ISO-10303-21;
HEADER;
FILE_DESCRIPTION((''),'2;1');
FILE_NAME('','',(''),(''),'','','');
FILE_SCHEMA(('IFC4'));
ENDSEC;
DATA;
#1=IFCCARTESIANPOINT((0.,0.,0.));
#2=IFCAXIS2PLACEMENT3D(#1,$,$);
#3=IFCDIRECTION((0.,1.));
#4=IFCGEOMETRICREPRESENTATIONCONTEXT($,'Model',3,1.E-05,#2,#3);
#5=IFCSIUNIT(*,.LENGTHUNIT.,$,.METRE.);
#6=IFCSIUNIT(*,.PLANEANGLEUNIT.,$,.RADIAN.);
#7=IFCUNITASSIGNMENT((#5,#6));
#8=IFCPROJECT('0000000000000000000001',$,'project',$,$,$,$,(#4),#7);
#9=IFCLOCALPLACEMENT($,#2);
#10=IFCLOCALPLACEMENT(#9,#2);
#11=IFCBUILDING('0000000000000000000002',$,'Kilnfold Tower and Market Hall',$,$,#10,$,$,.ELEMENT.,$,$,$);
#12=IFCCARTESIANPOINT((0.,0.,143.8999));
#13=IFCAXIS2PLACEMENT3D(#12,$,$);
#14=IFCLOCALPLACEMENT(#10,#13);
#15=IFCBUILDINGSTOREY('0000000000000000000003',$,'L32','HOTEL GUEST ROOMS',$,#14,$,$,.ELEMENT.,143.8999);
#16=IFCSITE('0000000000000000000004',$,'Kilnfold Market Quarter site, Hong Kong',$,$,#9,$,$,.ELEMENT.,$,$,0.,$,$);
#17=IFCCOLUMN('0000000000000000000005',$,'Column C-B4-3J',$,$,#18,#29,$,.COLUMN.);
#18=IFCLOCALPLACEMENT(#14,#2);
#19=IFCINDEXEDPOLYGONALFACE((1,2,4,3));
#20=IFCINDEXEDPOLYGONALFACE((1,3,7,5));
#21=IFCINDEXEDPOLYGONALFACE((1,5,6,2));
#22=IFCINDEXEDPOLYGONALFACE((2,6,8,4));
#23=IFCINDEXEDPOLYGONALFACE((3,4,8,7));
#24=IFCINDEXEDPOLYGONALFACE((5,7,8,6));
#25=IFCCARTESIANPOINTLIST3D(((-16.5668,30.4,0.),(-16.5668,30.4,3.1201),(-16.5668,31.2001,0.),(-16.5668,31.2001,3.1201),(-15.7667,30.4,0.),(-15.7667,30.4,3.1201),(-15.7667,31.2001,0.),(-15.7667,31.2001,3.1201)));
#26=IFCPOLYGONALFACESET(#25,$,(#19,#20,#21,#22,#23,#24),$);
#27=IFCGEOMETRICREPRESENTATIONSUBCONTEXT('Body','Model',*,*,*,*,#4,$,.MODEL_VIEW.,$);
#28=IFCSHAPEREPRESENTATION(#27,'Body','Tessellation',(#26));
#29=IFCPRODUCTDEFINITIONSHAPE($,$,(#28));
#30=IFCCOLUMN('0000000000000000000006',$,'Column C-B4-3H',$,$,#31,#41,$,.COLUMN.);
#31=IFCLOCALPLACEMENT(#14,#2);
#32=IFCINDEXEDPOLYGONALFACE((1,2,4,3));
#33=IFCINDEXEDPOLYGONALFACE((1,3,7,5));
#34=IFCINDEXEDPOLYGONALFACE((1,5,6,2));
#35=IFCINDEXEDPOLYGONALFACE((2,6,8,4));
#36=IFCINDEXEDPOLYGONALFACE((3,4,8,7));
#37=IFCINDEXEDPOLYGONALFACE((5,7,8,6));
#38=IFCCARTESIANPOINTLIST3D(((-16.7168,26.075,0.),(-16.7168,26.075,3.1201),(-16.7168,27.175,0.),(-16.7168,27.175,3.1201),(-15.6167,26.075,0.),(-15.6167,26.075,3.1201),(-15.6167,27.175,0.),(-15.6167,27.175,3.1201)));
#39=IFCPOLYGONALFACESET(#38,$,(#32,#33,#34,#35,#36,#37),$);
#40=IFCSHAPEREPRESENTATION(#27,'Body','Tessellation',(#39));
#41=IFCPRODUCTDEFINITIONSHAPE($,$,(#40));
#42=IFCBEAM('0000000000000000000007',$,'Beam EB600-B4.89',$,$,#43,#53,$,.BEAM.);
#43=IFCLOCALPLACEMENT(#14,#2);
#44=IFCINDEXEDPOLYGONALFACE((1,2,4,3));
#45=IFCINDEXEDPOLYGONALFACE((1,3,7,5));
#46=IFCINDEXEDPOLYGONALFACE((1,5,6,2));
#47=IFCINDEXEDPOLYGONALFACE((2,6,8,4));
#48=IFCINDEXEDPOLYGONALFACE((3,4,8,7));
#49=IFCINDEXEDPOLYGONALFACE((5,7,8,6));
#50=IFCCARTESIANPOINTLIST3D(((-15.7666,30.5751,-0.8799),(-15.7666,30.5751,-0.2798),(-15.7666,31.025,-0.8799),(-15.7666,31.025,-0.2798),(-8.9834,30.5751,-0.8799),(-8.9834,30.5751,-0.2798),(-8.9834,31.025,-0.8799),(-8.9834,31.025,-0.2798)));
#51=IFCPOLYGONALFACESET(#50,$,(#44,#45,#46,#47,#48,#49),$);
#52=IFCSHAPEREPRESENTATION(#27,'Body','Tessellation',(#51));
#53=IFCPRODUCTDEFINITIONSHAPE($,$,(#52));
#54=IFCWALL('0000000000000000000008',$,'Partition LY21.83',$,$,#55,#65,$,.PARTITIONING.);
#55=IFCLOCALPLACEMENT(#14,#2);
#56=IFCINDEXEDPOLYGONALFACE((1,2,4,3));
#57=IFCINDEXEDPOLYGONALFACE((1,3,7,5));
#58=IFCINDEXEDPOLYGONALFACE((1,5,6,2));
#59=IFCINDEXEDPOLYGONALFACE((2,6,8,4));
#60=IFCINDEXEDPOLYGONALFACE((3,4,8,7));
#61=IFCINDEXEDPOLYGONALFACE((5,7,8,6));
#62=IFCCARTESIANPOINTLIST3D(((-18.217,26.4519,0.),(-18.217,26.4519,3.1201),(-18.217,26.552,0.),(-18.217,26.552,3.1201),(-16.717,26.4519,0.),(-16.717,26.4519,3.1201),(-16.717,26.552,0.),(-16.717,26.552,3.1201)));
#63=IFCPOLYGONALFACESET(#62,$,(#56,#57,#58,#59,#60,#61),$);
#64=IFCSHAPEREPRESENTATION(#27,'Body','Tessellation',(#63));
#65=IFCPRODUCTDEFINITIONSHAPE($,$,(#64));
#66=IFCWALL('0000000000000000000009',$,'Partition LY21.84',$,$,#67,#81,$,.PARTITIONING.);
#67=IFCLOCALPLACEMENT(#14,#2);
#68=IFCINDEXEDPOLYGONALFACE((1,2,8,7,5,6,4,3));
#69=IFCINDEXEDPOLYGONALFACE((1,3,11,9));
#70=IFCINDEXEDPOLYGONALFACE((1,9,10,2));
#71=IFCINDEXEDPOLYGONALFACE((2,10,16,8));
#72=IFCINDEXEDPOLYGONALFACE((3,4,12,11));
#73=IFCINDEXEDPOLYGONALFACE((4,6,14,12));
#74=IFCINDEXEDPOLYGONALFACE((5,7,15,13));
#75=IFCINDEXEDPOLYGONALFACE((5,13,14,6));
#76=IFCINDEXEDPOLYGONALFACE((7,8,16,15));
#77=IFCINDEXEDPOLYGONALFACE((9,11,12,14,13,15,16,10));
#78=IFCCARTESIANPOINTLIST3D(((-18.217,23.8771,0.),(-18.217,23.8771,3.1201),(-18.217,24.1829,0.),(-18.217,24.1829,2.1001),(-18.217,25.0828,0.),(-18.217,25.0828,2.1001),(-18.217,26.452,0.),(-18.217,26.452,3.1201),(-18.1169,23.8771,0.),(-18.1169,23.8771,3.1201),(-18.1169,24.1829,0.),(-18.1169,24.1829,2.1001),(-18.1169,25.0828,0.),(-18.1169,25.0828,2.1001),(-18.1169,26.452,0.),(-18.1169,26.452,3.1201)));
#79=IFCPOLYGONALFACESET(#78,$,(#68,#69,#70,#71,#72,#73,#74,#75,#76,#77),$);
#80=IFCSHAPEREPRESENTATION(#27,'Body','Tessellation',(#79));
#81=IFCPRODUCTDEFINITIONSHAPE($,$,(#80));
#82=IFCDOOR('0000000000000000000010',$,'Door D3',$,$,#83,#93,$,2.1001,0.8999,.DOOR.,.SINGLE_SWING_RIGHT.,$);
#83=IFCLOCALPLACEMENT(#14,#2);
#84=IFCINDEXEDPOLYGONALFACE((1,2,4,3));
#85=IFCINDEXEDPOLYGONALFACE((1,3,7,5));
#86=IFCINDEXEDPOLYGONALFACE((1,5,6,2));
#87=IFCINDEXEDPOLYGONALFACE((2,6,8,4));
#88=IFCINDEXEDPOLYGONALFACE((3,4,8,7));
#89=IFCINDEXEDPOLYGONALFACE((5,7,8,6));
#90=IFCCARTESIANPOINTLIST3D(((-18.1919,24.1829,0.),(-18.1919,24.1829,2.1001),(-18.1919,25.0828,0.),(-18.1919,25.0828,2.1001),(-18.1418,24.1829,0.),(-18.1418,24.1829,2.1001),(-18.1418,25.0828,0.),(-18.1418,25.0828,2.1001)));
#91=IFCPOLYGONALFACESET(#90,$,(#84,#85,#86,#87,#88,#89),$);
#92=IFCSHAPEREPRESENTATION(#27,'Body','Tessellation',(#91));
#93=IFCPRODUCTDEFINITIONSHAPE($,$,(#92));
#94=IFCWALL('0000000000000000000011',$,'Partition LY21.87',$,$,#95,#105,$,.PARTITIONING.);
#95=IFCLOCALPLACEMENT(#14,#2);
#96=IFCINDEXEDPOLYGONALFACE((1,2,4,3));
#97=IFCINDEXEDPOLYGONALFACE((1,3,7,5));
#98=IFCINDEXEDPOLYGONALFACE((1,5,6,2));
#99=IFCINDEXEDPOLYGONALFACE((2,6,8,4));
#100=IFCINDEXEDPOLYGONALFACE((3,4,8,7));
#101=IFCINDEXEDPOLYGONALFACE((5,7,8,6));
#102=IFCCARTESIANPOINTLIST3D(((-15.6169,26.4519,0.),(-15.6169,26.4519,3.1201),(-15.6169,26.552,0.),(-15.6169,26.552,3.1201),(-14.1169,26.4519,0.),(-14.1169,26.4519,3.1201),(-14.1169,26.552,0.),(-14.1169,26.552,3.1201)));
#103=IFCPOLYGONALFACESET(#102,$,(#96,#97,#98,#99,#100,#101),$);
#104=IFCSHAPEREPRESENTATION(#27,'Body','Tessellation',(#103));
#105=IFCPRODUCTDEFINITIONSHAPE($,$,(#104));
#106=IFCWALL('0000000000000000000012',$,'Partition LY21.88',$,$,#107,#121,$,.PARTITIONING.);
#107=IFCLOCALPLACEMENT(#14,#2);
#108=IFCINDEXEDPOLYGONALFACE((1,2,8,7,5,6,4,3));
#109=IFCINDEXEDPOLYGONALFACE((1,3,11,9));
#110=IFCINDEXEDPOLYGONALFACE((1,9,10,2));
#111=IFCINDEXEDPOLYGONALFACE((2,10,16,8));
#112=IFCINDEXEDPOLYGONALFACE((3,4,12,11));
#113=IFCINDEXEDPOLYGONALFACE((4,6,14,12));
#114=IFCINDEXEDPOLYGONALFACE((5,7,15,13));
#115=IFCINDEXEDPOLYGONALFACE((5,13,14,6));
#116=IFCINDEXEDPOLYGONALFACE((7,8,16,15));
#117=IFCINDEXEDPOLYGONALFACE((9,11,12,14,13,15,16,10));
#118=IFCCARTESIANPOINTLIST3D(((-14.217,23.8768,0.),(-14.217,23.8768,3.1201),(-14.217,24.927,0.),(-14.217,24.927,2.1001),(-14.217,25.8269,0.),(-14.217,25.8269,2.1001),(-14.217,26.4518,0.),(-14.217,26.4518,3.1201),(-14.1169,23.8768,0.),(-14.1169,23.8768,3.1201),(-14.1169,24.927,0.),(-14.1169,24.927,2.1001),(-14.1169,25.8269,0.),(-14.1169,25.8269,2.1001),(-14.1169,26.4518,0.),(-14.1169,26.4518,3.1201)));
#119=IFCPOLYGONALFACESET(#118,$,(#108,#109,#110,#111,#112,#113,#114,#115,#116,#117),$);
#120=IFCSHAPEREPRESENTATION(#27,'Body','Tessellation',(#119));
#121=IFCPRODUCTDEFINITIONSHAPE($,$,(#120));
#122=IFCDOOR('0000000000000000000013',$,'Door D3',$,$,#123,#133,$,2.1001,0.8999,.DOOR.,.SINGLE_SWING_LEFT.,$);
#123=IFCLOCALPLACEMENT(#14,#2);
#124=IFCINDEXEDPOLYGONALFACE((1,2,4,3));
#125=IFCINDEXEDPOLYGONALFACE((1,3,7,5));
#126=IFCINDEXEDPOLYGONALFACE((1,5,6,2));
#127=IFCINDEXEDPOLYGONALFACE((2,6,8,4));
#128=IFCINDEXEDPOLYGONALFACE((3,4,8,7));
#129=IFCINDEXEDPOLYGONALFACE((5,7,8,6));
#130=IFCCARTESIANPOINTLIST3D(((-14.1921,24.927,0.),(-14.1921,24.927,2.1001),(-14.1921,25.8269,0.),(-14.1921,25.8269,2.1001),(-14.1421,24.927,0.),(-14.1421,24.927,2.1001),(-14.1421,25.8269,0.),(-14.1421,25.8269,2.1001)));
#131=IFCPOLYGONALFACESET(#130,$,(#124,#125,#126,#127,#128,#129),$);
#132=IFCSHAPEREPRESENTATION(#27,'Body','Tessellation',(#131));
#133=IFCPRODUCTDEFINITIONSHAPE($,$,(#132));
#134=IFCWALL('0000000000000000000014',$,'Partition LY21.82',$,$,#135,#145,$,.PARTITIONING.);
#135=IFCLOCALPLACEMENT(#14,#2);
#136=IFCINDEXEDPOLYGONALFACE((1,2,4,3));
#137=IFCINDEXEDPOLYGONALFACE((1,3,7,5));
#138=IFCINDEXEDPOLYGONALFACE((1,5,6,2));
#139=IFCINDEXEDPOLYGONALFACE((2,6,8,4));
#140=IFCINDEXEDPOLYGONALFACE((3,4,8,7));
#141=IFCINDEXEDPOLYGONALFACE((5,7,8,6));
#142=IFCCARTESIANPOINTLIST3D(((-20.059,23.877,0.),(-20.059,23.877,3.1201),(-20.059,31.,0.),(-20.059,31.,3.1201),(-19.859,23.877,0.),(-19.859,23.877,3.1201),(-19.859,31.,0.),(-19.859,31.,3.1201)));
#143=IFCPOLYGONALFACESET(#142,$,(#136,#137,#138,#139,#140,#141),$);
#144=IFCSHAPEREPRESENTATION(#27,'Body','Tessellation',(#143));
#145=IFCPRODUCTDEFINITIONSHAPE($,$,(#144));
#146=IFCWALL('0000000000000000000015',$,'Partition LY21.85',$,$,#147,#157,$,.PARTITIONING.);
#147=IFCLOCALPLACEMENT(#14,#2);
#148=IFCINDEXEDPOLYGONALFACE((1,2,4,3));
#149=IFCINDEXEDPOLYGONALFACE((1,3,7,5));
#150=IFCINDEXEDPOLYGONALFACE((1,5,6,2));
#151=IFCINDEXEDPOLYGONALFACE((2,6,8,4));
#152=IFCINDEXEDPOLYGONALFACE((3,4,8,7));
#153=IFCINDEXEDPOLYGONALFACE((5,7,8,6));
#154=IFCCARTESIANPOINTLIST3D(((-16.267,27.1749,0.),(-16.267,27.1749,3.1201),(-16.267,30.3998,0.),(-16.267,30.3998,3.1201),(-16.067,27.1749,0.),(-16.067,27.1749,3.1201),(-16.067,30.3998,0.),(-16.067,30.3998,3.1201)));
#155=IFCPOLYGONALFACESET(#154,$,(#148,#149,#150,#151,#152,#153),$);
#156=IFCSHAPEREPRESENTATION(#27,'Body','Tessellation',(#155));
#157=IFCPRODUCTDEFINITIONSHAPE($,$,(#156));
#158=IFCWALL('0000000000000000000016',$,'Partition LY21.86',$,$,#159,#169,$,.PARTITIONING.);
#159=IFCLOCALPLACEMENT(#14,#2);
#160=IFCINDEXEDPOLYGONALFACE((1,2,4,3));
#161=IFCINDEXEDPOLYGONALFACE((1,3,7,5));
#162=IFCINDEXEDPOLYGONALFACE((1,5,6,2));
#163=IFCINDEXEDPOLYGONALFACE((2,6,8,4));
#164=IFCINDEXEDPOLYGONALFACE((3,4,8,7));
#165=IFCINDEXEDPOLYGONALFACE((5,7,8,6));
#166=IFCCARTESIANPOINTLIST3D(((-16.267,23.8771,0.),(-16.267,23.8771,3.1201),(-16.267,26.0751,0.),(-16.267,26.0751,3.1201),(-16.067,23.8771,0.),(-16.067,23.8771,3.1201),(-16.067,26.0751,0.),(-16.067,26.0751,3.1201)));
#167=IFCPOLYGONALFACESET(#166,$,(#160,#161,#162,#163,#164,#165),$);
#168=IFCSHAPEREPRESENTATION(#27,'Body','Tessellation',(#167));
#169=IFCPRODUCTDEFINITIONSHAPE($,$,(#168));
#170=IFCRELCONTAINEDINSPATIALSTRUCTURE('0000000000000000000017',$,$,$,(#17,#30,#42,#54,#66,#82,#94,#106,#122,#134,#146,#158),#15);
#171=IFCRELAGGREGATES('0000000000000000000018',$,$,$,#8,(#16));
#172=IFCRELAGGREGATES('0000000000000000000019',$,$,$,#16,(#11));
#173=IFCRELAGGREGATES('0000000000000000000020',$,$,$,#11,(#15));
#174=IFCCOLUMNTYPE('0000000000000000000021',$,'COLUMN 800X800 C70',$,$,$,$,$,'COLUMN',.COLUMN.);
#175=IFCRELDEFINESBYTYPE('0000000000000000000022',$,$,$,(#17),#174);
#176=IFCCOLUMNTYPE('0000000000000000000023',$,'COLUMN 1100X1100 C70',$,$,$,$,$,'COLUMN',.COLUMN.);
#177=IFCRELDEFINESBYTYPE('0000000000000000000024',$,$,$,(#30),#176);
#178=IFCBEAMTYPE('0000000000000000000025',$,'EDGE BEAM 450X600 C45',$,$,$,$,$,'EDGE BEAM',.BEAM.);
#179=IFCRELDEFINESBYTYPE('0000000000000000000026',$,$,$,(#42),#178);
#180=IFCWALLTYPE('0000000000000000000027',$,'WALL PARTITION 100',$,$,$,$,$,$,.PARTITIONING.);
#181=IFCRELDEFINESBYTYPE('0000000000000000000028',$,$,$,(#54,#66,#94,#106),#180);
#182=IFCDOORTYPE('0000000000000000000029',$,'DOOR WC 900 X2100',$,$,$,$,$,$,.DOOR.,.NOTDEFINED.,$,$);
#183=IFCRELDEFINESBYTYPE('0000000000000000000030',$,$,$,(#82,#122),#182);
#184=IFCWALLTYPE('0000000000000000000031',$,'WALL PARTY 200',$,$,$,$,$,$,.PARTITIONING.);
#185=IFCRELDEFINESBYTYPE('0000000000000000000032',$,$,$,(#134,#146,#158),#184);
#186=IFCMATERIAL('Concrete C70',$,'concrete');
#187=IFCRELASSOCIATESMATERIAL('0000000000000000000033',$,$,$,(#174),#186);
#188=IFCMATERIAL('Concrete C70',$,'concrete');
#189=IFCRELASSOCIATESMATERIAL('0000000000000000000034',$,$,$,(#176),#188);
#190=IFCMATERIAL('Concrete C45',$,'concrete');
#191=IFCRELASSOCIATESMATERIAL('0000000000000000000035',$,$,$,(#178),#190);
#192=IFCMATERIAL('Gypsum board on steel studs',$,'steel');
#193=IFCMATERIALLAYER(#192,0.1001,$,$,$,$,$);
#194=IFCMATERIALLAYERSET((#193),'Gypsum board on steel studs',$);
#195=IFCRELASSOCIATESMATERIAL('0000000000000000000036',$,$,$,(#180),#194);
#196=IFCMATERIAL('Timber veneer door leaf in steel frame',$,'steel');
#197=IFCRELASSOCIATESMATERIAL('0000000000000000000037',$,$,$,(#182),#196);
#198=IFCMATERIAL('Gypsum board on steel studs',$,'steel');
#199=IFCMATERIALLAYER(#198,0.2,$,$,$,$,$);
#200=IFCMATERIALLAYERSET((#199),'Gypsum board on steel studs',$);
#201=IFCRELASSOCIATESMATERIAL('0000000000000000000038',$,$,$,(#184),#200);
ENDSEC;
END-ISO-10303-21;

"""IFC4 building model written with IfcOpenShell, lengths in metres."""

from ifc_helpers import new_model, si_unit, direction, frame, frame_2d, origin, origin_2d, place, context, subcontext, project, spatial, rectangle, extrude, source, transform, mapped, material, layer, layer_set, material_profile, profile_set, type_object, element, fill, save


model = new_model("IFC4")

# Units and contexts
model_context = context("Model", 3, precision=1e-05, world=origin(), true_north=direction((0.0, 1.0)))
body_context = subcontext(model_context, "Body", "Model", "MODEL_VIEW")
ifc_project = project(units=[si_unit("LENGTHUNIT", "METRE"), si_unit("PLANEANGLEUNIT", "RADIAN")], contexts=[model_context])

# Site, building, storey
site_placement = place(None, origin())
site = spatial("IfcSite", under=ifc_project, at=site_placement, Name="Kilnfold Market Quarter site, Hong Kong", CompositionType="ELEMENT", RefElevation=0.0)
building_placement = place(site_placement, origin())
building = spatial("IfcBuilding", under=site, at=building_placement, Name="Kilnfold Tower and Market Hall", CompositionType="ELEMENT")
storey_placement = place(building_placement, frame((0.0, 0.0, 143.8999)))
storey = spatial("IfcBuildingStorey", under=building, at=storey_placement, Name="L32", Description="HOTEL GUEST ROOMS", CompositionType="ELEMENT", Elevation=143.8999)

# Columns
ifc_material_1 = material(Name="Concrete C70", Category="concrete")
ifc_material_profile_1 = material_profile(ifc_material_1, rectangle(XDim=0.8, YDim=0.8, at=origin_2d()), Name="RC 800x800")
ifc_profile_set_1 = profile_set([ifc_material_profile_1], Name="Concrete C70")
column_type_1 = type_object("IfcColumnType", Name="COLUMN 800X800 C70", ElementType="COLUMN", PredefinedType="COLUMN", material=ifc_profile_set_1)
shared_shape_1 = source(origin(), body_context, "Body", "SweptSolid", [
    extrude(rectangle(XDim=0.8, YDim=0.8, at=origin_2d()), origin(), (0.0, 0.0, 1.0), 3.1201),
])
column_1_placement = place(storey_placement, frame((-16.1667, 30.8, 0.0), z_axis=(0.0, 0.0, 1.0), x_axis=(1.0, 0.0, 0.0)))
element("IfcColumn", 1, at=column_1_placement, inside=storey, type_object=column_type_1, Name="Column C-B4-3J", PredefinedType="COLUMN", context=body_context, shape_type="MappedRepresentation", body=[
    mapped(shared_shape_1, transform((0.0, 0.0, 0.0))),
])
ifc_material_2 = material(Name="Concrete C70", Category="concrete")
ifc_material_profile_2 = material_profile(ifc_material_2, rectangle(XDim=1.1001, YDim=1.1001, at=origin_2d()), Name="RC 1100x1100")
ifc_profile_set_2 = profile_set([ifc_material_profile_2], Name="Concrete C70")
column_type_2 = type_object("IfcColumnType", Name="COLUMN 1100X1100 C70", ElementType="COLUMN", PredefinedType="COLUMN", material=ifc_profile_set_2)
shared_shape_2 = source(origin(), body_context, "Body", "SweptSolid", [
    extrude(rectangle(XDim=1.1001, YDim=1.1001, at=origin_2d()), origin(), (0.0, 0.0, 1.0), 3.1201),
])
column_2_placement = place(storey_placement, frame((-16.1667, 26.625, 0.0), z_axis=(0.0, 0.0, 1.0), x_axis=(1.0, 0.0, 0.0)))
element("IfcColumn", 2, at=column_2_placement, inside=storey, type_object=column_type_2, Name="Column C-B4-3H", PredefinedType="COLUMN", context=body_context, shape_type="MappedRepresentation", body=[
    mapped(shared_shape_2, transform((0.0, 0.0, 0.0))),
])

# Beam
ifc_material_3 = material(Name="Concrete C45", Category="concrete")
ifc_material_profile_3 = material_profile(ifc_material_3, rectangle(XDim=0.45, YDim=0.6001, at=origin_2d()), Name="RC 450x600")
ifc_profile_set_3 = profile_set([ifc_material_profile_3], Name="Concrete C45")
beam_type = type_object("IfcBeamType", Name="EDGE BEAM 450X600 C45", ElementType="EDGE BEAM", PredefinedType="BEAM", material=ifc_profile_set_3)
shared_shape_3 = source(origin(), body_context, "Body", "SweptSolid", [
    extrude(rectangle(XDim=0.45, YDim=0.6001, at=origin_2d()), origin(), (0.0, 0.0, 1.0), 6.7832),
])
beam_placement = place(storey_placement, frame((-15.7666, 30.8, -0.5798), z_axis=(1.0, 0.0, 0.0), x_axis=(0.0, 1.0, 0.0)))
element("IfcBeam", 3, at=beam_placement, inside=storey, type_object=beam_type, Name="Beam EB600-B4.89", PredefinedType="BEAM", context=body_context, shape_type="MappedRepresentation", body=[
    mapped(shared_shape_3, transform((0.0, 0.0, 0.0))),
])

# Wall
ifc_material_4 = material(Name="Gypsum board on steel studs", Category="steel")
ifc_layer_1 = layer(ifc_material_4, 0.1001)
ifc_layer_set_1 = layer_set([ifc_layer_1], Name="Gypsum board on steel studs")
wall_type_1 = type_object("IfcWallType", Name="WALL PARTITION 100", PredefinedType="PARTITIONING", material=ifc_layer_set_1)
wall_1_placement = place(storey_placement, frame((-18.217, 26.502, 0.0), z_axis=(0.0, 0.0, 1.0), x_axis=(1.0, 0.0, 0.0)))
element("IfcWall", 4, at=wall_1_placement, inside=storey, type_object=wall_type_1, Name="Partition LY21.83", PredefinedType="PARTITIONING", context=body_context, shape_type="SweptSolid", body=[
    extrude(rectangle(XDim=1.5, YDim=0.1001, at=frame_2d((0.75, 0.0))), origin(), (0.0, 0.0, 1.0), 3.1201),
])

# Wall, opening, door
wall_2_placement = place(storey_placement, frame((-18.167, 23.877, 0.0), z_axis=(0.0, 0.0, 1.0), x_axis=(0.0, 1.0, 0.0)))
wall_2 = element("IfcWall", 5, at=wall_2_placement, inside=storey, type_object=wall_type_1, Name="Partition LY21.84", PredefinedType="PARTITIONING", context=body_context, shape_type="SweptSolid", body=[
    extrude(rectangle(XDim=2.575, YDim=0.1001, at=frame_2d((1.2876, 0.0))), origin(), (0.0, 0.0, 1.0), 3.1201),
])
opening_1_placement = place(wall_2_placement, frame((0.3059, 0.0, 0.0)))
opening_1 = element("IfcOpeningElement", 6, at=opening_1_placement, cuts=wall_2, PredefinedType="OPENING", context=body_context, shape_type="SweptSolid", body=[
    extrude(rectangle(XDim=0.8999, YDim=2.1001, at=frame_2d((0.45, 1.05))), frame((0.0, 0.0601, 0.0), z_axis=(0.0, -1.0, 0.0), x_axis=(1.0, 0.0, 0.0)), (0.0, 0.0, 1.0), 0.1201),
])
ifc_material_5 = material(Name="Timber veneer door leaf in steel frame", Category="steel")
door_type = type_object("IfcDoorType", Name="DOOR WC 900 X2100", OperationType="NOTDEFINED", PredefinedType="DOOR", material=ifc_material_5)
door_1_placement = place(opening_1_placement, origin())
door_1 = element("IfcDoor", 7, at=door_1_placement, inside=storey, type_object=door_type, Name="Door D3", OperationType="SINGLE_SWING_RIGHT", OverallHeight=2.1001, OverallWidth=0.8999, PredefinedType="DOOR", context=body_context, shape_type="SweptSolid", body=[
    extrude(rectangle(XDim=0.8999, YDim=2.1001, at=frame_2d((0.45, 1.05))), frame((0.0, 0.0249, 0.0), z_axis=(0.0, -1.0, 0.0), x_axis=(1.0, 0.0, 0.0)), (0.0, 0.0, 1.0), 0.05),
])
fill(opening_1, door_1)

# Wall
wall_3_placement = place(storey_placement, frame((-15.6169, 26.502, 0.0), z_axis=(0.0, 0.0, 1.0), x_axis=(1.0, 0.0, 0.0)))
element("IfcWall", 8, at=wall_3_placement, inside=storey, type_object=wall_type_1, Name="Partition LY21.87", PredefinedType="PARTITIONING", context=body_context, shape_type="SweptSolid", body=[
    extrude(rectangle(XDim=1.5, YDim=0.1001, at=frame_2d((0.75, 0.0))), origin(), (0.0, 0.0, 1.0), 3.1201),
])

# Wall, opening, door
wall_4_placement = place(storey_placement, frame((-14.167, 26.4519, 0.0), z_axis=(0.0, 0.0, 1.0), x_axis=(0.0, -1.0, 0.0)))
wall_4 = element("IfcWall", 9, at=wall_4_placement, inside=storey, type_object=wall_type_1, Name="Partition LY21.88", PredefinedType="PARTITIONING", context=body_context, shape_type="SweptSolid", body=[
    extrude(rectangle(XDim=2.575, YDim=0.1001, at=frame_2d((1.2876, 0.0))), origin(), (0.0, 0.0, 1.0), 3.1201),
])
opening_2_placement = place(wall_4_placement, frame((0.625, 0.0, 0.0)))
opening_2 = element("IfcOpeningElement", 10, at=opening_2_placement, cuts=wall_4, PredefinedType="OPENING", context=body_context, shape_type="SweptSolid", body=[
    extrude(rectangle(XDim=0.8999, YDim=2.1001, at=frame_2d((0.45, 1.05))), frame((0.0, 0.0601, 0.0), z_axis=(0.0, -1.0, 0.0), x_axis=(1.0, 0.0, 0.0)), (0.0, 0.0, 1.0), 0.1201),
])
door_2_placement = place(opening_2_placement, origin())
door_2 = element("IfcDoor", 11, at=door_2_placement, inside=storey, type_object=door_type, Name="Door D3", OperationType="SINGLE_SWING_LEFT", OverallHeight=2.1001, OverallWidth=0.8999, PredefinedType="DOOR", context=body_context, shape_type="SweptSolid", body=[
    extrude(rectangle(XDim=0.8999, YDim=2.1001, at=frame_2d((0.45, 1.05))), frame((0.0, 0.0249, 0.0), z_axis=(0.0, -1.0, 0.0), x_axis=(1.0, 0.0, 0.0)), (0.0, 0.0, 1.0), 0.05),
])
fill(opening_2, door_2)

# Walls
ifc_material_6 = material(Name="Gypsum board on steel studs", Category="steel")
ifc_layer_2 = layer(ifc_material_6, 0.2)
ifc_layer_set_2 = layer_set([ifc_layer_2], Name="Gypsum board on steel studs")
wall_type_2 = type_object("IfcWallType", Name="WALL PARTY 200", PredefinedType="PARTITIONING", material=ifc_layer_set_2)
wall_5_placement = place(storey_placement, frame((-19.959, 23.877, 0.0), z_axis=(0.0, 0.0, 1.0), x_axis=(0.0, 1.0, 0.0)))
element("IfcWall", 12, at=wall_5_placement, inside=storey, type_object=wall_type_2, Name="Partition LY21.82", PredefinedType="PARTITIONING", context=body_context, shape_type="SweptSolid", body=[
    extrude(rectangle(XDim=7.123, YDim=0.2, at=frame_2d((3.5615, 0.0))), origin(), (0.0, 0.0, 1.0), 3.1201),
])
wall_6_placement = place(storey_placement, frame((-16.167, 27.175, 0.0), z_axis=(0.0, 0.0, 1.0), x_axis=(0.0, 1.0, 0.0)))
element("IfcWall", 13, at=wall_6_placement, inside=storey, type_object=wall_type_2, Name="Partition LY21.85", PredefinedType="PARTITIONING", context=body_context, shape_type="SweptSolid", body=[
    extrude(rectangle(XDim=3.2249, YDim=0.2, at=frame_2d((1.6123, 0.0))), origin(), (0.0, 0.0, 1.0), 3.1201),
])
wall_7_placement = place(storey_placement, frame((-16.167, 23.877, 0.0), z_axis=(0.0, 0.0, 1.0), x_axis=(0.0, 1.0, 0.0)))
element("IfcWall", 14, at=wall_7_placement, inside=storey, type_object=wall_type_2, Name="Partition LY21.86", PredefinedType="PARTITIONING", context=body_context, shape_type="SweptSolid", body=[
    extrude(rectangle(XDim=2.198, YDim=0.2, at=frame_2d((1.0991, 0.0))), origin(), (0.0, 0.0, 1.0), 3.1201),
])

save(model, "model.ifc")
